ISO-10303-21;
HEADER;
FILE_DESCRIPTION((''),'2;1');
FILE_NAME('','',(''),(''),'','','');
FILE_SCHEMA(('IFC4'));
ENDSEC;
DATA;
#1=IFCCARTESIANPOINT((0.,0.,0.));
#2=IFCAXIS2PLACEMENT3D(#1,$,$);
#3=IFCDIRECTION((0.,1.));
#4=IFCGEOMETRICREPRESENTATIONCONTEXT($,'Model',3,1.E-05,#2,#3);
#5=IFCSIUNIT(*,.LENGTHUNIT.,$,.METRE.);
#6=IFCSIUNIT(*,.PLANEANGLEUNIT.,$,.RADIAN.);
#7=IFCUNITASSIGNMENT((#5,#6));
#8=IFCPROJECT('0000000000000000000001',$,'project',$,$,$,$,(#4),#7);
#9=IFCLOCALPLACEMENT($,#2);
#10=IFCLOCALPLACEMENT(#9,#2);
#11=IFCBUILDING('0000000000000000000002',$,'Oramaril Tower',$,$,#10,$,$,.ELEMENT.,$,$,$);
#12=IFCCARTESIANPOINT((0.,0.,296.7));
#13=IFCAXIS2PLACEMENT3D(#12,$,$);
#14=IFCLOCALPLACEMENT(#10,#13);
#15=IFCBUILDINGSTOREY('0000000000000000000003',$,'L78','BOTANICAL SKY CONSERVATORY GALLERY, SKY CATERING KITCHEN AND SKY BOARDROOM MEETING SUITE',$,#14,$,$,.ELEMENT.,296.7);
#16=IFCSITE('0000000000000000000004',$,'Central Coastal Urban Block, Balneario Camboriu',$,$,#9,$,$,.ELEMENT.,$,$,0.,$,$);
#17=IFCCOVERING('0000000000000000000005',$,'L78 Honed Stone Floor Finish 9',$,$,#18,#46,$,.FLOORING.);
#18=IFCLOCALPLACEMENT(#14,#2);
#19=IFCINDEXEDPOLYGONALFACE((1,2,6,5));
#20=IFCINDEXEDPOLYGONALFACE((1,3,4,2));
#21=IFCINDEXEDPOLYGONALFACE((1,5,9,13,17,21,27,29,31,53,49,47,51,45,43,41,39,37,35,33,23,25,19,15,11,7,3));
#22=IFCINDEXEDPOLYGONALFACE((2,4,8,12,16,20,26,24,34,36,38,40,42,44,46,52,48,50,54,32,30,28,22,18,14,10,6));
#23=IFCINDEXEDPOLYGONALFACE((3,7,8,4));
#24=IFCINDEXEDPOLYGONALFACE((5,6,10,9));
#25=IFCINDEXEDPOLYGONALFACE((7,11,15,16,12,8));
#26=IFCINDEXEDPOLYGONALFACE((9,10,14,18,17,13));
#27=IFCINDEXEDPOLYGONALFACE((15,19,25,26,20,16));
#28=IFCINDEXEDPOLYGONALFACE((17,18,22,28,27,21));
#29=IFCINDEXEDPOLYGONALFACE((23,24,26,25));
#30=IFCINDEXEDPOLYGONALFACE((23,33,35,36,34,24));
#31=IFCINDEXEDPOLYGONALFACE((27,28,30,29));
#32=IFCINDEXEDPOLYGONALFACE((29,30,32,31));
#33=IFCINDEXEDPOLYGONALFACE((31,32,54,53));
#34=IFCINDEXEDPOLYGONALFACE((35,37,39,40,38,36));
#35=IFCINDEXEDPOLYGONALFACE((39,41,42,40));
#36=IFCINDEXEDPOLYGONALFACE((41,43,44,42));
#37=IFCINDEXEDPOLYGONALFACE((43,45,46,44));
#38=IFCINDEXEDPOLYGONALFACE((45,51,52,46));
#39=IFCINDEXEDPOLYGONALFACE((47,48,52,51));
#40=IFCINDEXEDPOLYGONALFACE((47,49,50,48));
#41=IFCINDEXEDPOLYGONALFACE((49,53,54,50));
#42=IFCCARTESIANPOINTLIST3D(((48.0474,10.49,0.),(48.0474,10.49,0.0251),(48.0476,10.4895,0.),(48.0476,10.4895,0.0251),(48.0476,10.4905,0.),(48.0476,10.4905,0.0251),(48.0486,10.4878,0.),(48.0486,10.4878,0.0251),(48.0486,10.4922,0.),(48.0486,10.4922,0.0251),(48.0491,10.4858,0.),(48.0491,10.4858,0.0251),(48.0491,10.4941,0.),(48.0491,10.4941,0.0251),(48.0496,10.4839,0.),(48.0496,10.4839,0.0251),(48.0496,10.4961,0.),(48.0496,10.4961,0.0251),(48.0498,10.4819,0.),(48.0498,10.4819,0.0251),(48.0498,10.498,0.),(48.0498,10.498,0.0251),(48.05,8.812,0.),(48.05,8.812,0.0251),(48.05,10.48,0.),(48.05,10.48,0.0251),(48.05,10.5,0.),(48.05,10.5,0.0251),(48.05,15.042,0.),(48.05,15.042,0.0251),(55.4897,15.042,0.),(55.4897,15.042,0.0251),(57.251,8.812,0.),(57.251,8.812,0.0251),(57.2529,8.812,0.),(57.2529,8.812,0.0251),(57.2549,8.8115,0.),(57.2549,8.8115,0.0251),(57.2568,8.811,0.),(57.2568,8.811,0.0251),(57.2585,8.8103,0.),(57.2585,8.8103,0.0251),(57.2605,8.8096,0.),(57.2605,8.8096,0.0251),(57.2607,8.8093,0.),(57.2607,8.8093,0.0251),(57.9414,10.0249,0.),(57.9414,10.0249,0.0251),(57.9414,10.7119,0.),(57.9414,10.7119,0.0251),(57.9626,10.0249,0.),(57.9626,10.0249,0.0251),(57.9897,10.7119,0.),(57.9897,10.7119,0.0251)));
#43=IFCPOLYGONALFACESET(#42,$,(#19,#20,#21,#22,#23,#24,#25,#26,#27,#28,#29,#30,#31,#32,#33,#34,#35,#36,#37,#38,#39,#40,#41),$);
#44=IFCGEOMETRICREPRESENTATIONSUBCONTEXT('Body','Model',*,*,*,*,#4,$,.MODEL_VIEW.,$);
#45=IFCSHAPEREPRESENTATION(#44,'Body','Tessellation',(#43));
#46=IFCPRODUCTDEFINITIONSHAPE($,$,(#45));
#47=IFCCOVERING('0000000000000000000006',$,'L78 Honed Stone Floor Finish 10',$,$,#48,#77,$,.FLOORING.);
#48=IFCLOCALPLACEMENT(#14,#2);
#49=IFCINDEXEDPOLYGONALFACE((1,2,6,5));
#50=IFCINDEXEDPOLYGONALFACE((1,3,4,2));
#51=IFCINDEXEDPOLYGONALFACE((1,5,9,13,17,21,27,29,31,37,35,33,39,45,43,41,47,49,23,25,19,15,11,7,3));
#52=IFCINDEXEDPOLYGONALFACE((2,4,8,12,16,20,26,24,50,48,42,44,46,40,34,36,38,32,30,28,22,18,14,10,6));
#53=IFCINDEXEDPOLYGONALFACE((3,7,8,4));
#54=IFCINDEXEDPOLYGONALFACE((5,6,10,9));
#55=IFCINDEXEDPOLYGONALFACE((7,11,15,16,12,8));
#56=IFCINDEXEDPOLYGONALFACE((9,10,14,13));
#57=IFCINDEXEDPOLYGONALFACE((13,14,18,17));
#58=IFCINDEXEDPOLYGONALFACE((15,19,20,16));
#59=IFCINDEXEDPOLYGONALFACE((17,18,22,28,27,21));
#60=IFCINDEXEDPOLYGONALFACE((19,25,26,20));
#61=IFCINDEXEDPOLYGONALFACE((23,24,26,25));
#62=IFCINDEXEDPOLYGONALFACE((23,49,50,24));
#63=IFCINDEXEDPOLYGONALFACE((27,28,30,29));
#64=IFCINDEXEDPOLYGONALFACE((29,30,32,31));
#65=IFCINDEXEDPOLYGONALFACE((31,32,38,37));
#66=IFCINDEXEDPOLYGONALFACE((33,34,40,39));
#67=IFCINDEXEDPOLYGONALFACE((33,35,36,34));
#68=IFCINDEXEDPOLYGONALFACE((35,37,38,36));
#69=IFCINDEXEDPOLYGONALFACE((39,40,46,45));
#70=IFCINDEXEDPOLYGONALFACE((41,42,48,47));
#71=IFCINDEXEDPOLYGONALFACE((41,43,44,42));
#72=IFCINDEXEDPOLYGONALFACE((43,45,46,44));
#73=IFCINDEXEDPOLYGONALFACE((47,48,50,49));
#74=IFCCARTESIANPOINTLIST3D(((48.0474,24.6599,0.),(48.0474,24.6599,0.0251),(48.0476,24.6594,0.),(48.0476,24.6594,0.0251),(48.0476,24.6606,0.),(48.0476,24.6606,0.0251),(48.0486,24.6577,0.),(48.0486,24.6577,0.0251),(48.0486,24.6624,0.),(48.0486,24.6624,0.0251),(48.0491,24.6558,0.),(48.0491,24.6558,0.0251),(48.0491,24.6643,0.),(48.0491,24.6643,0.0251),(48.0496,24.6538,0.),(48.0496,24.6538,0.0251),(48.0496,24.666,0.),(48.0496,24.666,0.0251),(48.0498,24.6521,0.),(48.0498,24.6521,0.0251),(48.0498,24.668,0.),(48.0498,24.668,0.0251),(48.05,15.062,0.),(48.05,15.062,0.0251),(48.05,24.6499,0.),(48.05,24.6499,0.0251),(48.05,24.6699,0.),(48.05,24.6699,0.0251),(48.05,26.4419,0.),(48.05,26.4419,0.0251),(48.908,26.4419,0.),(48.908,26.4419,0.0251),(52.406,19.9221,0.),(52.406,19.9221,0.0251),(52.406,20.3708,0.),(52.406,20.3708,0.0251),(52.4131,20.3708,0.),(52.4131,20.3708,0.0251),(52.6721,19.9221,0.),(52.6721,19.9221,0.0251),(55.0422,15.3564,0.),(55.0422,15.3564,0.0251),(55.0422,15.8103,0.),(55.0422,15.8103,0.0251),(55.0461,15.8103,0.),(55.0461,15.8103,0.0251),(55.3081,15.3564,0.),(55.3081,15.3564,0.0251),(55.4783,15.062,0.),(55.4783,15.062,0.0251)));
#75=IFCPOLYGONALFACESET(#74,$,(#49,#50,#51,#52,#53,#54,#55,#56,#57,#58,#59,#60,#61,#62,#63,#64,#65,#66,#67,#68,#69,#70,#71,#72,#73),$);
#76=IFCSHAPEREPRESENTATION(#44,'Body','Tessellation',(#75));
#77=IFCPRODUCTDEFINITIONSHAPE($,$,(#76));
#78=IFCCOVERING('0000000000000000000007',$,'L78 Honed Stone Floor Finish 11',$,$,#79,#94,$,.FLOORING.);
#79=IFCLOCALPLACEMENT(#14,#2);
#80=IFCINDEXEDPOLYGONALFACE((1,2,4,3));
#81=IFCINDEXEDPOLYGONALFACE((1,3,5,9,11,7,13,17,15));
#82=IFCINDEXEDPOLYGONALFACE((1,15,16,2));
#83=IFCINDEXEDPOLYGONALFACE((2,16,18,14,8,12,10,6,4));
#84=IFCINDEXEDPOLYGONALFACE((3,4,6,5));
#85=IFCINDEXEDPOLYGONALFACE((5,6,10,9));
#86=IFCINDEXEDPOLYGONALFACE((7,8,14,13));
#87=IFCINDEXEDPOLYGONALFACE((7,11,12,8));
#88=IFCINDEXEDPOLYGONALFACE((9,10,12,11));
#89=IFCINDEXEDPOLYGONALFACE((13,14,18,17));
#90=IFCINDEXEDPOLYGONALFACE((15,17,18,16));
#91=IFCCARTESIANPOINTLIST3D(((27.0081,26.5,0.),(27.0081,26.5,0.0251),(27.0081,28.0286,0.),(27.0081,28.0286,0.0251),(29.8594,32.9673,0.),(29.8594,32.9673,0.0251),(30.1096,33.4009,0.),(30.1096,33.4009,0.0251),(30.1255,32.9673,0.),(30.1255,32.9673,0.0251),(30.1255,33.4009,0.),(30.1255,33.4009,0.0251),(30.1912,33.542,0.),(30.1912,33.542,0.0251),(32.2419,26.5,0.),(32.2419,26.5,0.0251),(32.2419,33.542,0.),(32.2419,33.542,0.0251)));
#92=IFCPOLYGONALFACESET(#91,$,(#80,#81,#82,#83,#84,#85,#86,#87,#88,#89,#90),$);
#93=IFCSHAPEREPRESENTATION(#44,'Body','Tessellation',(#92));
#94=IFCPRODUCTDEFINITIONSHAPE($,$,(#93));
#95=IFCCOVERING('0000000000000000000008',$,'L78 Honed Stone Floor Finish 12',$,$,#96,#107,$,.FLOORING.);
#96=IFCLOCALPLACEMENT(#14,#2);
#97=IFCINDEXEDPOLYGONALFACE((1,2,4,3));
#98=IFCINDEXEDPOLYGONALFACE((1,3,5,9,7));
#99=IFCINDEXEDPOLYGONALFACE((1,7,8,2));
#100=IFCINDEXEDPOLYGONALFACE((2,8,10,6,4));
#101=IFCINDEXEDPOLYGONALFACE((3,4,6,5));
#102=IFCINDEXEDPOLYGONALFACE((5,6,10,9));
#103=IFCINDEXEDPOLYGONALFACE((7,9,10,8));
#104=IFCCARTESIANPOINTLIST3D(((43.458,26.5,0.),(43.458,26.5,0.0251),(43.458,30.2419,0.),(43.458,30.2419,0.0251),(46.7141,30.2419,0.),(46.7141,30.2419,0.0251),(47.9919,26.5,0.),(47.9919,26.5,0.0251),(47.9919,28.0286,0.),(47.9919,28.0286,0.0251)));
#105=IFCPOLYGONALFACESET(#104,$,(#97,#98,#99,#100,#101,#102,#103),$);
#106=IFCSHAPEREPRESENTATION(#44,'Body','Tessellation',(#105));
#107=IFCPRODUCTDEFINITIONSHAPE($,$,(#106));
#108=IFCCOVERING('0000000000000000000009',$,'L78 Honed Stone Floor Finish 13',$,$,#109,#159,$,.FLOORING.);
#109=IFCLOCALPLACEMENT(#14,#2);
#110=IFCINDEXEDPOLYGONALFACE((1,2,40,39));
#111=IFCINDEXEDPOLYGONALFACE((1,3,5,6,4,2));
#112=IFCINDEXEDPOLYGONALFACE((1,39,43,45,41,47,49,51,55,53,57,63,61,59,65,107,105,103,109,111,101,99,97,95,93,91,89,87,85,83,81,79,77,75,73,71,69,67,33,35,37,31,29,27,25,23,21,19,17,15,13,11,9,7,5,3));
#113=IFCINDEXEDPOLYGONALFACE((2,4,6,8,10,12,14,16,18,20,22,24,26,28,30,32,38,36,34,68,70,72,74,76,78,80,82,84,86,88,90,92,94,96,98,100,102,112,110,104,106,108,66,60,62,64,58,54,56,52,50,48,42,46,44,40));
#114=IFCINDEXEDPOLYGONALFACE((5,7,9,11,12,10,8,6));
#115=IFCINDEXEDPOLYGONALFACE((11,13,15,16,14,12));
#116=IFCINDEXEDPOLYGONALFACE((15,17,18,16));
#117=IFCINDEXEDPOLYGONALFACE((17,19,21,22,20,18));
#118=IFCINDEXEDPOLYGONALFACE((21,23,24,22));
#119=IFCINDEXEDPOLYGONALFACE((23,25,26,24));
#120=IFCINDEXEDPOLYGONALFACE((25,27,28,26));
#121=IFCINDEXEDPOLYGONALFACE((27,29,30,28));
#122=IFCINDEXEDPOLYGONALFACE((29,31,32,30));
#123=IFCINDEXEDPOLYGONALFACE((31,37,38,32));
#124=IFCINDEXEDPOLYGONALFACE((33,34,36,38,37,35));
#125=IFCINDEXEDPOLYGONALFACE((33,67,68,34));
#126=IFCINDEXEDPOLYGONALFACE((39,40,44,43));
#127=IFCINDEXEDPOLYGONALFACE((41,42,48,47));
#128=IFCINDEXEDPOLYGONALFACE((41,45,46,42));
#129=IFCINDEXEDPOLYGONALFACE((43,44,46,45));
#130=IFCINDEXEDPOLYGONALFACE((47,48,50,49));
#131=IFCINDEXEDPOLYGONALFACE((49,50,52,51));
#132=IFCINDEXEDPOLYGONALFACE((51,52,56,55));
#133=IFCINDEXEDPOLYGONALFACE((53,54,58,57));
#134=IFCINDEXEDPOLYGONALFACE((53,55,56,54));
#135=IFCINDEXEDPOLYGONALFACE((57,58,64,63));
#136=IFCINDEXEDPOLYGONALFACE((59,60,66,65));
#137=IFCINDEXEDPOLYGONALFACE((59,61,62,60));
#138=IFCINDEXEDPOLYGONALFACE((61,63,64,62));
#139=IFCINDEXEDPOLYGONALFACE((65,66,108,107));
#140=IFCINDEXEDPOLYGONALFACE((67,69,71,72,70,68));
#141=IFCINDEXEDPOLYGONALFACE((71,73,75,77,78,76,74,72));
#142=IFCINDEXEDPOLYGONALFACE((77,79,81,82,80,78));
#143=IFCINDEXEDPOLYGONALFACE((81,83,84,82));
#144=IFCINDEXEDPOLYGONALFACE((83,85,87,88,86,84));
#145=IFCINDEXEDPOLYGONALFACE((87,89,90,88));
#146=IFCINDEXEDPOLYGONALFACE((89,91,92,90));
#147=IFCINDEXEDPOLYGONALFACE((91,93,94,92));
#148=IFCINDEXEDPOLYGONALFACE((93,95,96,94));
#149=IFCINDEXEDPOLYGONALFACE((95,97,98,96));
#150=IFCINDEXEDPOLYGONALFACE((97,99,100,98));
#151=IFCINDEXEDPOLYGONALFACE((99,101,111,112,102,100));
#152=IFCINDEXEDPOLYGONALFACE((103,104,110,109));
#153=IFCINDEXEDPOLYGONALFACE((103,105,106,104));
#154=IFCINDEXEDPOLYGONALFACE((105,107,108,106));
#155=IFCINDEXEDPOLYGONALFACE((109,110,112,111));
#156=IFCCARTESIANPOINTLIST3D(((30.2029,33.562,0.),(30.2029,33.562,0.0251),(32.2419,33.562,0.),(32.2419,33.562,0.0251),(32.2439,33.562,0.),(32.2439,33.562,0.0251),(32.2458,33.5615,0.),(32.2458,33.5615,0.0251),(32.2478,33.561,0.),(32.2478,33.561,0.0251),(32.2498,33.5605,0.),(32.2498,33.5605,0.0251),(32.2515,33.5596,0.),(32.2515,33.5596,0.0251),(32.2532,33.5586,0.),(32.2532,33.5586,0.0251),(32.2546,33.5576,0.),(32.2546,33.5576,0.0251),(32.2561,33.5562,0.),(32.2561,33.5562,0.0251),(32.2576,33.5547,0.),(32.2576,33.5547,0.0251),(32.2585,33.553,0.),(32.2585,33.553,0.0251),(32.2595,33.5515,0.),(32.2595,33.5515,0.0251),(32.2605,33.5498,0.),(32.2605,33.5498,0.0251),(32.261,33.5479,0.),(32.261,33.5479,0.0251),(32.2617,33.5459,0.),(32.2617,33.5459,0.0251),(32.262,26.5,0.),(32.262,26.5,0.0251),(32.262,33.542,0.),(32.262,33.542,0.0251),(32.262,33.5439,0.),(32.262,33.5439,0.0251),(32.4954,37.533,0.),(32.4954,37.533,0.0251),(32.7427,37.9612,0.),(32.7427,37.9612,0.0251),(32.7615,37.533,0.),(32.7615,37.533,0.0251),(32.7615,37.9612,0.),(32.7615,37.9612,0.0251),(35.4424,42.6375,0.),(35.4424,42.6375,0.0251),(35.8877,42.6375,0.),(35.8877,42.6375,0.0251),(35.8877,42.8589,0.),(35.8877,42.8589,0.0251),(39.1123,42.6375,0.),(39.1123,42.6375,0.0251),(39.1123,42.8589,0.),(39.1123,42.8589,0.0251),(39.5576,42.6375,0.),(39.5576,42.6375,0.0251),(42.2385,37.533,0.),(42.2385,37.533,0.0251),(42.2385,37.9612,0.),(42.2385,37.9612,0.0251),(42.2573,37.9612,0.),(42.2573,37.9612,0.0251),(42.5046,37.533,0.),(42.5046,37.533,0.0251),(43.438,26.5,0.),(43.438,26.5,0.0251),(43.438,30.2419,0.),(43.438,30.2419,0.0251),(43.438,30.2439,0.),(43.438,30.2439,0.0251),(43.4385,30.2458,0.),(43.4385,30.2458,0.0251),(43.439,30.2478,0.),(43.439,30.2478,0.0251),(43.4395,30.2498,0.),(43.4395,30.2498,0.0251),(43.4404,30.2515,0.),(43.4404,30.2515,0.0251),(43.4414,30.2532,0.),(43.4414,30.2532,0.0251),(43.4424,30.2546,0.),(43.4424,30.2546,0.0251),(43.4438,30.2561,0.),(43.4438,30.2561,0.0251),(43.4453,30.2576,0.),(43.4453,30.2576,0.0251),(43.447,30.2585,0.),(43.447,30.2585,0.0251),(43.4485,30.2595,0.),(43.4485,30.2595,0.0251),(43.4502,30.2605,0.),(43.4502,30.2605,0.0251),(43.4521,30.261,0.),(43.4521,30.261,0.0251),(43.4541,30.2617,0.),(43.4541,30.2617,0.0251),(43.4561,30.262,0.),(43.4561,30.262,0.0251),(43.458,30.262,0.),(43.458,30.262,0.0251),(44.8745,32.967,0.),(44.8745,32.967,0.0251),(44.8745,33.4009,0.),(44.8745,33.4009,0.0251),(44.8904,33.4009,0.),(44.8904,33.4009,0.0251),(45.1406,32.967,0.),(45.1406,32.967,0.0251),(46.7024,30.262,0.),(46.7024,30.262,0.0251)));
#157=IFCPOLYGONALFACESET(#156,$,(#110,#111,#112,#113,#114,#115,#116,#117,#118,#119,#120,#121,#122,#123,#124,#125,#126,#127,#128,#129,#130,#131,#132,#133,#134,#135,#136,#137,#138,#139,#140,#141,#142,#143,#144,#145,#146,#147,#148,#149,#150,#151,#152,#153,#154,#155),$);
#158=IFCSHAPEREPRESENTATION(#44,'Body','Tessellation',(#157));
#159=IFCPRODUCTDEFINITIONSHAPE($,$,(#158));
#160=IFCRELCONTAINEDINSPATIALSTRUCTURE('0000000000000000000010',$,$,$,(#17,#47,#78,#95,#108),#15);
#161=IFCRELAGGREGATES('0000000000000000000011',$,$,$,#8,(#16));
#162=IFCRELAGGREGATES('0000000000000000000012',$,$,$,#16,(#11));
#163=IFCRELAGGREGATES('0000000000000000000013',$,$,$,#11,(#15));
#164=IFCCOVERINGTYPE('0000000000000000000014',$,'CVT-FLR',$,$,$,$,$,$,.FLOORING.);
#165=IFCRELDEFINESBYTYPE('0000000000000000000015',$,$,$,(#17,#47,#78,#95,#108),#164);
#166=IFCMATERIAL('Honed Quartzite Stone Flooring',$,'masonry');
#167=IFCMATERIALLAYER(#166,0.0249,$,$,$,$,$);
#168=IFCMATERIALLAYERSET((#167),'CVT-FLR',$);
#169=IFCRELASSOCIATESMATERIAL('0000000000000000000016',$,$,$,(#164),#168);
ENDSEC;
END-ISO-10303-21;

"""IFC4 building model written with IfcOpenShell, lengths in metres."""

from ifc_helpers import new_model, si_unit, direction, frame, origin, place, context, subcontext, project, spatial, polyline, outline, extrude, material, layer, layer_set, type_object, element, save


model = new_model("IFC4")

# Units and contexts
model_context = context("Model", 3, precision=1e-05, world=origin(), true_north=direction((0.0, 1.0)))
body_context = subcontext(model_context, "Body", "Model", "MODEL_VIEW")
ifc_project = project(units=[si_unit("LENGTHUNIT", "METRE"), si_unit("PLANEANGLEUNIT", "RADIAN")], contexts=[model_context])

# Site, building, storey
site_placement = place(None, origin())
site = spatial("IfcSite", under=ifc_project, at=site_placement, Name="Central Coastal Urban Block, Balneario Camboriu", CompositionType="ELEMENT", RefElevation=0.0)
building_placement = place(site_placement, origin())
building = spatial("IfcBuilding", under=site, at=building_placement, Name="Oramaril Tower", CompositionType="ELEMENT")
storey_placement = place(building_placement, frame((0.0, 0.0, 296.7)))
storey = spatial("IfcBuildingStorey", under=building, at=storey_placement, Name="L78", Description="BOTANICAL SKY CONSERVATORY GALLERY, SKY CATERING KITCHEN AND SKY BOARDROOM MEETING SUITE", CompositionType="ELEMENT", Elevation=296.7)

# Coverings
ifc_material_1 = material(Name="Honed Quartzite Stone Flooring", Category="masonry")
ifc_layer_1 = layer(ifc_material_1, 0.0249)
ifc_layer_set_1 = layer_set([ifc_layer_1], Name="CVT-FLR")
covering_type_1 = type_object("IfcCoveringType", Name="CVT-FLR", PredefinedType="FLOORING", material=ifc_layer_set_1)
covering_1_placement = place(storey_placement, origin())
element("IfcCovering", 1, at=covering_1_placement, inside=storey, type_object=covering_type_1, Name="L78 Honed Stone Floor Finish 9", PredefinedType="FLOORING", context=body_context, shape_type="SweptSolid", body=[
    extrude(outline(polyline([(55.4897, 15.042), (57.9897, 10.7119), (57.9414, 10.7119), (57.9414, 10.0249), (57.9626, 10.0249), (57.2607, 8.8093), (57.2605, 8.8096), (57.2585, 8.8103), (57.2568, 8.811), (57.2549, 8.8115), (57.2529, 8.812), (57.251, 8.812), (48.05, 8.812), (48.05, 10.48), (48.0498, 10.4819), (48.0496, 10.4839), (48.0491, 10.4858), (48.0486, 10.4878), (48.0476, 10.4895), (48.0474, 10.49), (48.0476, 10.4905), (48.0486, 10.4922), (48.0491, 10.4941), (48.0496, 10.4961), (48.0498, 10.498), (48.05, 10.5), (48.05, 15.042), (55.4897, 15.042)])), origin(), (0.0, 0.0, 1.0), 0.0251),
])
covering_2_placement = place(storey_placement, origin())
element("IfcCovering", 2, at=covering_2_placement, inside=storey, type_object=covering_type_1, Name="L78 Honed Stone Floor Finish 10", PredefinedType="FLOORING", context=body_context, shape_type="SweptSolid", body=[
    extrude(outline(polyline([(52.4131, 20.3708), (52.406, 20.3708), (52.406, 19.9221), (52.6721, 19.9221), (55.0461, 15.8103), (55.0422, 15.8103), (55.0422, 15.3564), (55.3081, 15.3564), (55.4783, 15.062), (48.05, 15.062), (48.05, 24.6499), (48.0498, 24.6521), (48.0496, 24.6538), (48.0491, 24.6558), (48.0486, 24.6577), (48.0476, 24.6594), (48.0474, 24.6599), (48.0476, 24.6606), (48.0486, 24.6624), (48.0491, 24.6643), (48.0496, 24.666), (48.0498, 24.668), (48.05, 24.6699), (48.05, 26.4419), (48.908, 26.4419), (52.4131, 20.3708)])), origin(), (0.0, 0.0, 1.0), 0.0251),
])
covering_3_placement = place(storey_placement, origin())
element("IfcCovering", 3, at=covering_3_placement, inside=storey, type_object=covering_type_1, Name="L78 Honed Stone Floor Finish 11", PredefinedType="FLOORING", context=body_context, shape_type="SweptSolid", body=[
    extrude(outline(polyline([(32.2419, 26.5), (27.0081, 26.5), (27.0081, 28.0286), (29.8594, 32.9673), (30.1255, 32.9673), (30.1255, 33.4009), (30.1096, 33.4009), (30.1912, 33.542), (32.2419, 33.542), (32.2419, 26.5)])), origin(), (0.0, 0.0, 1.0), 0.0251),
])
covering_4_placement = place(storey_placement, origin())
element("IfcCovering", 4, at=covering_4_placement, inside=storey, type_object=covering_type_1, Name="L78 Honed Stone Floor Finish 12", PredefinedType="FLOORING", context=body_context, shape_type="SweptSolid", body=[
    extrude(outline(polyline([(43.458, 30.2419), (46.7141, 30.2419), (47.9919, 28.0286), (47.9919, 26.5), (43.458, 26.5), (43.458, 30.2419)])), origin(), (0.0, 0.0, 1.0), 0.0251),
])
covering_5_placement = place(storey_placement, origin())
element("IfcCovering", 5, at=covering_5_placement, inside=storey, type_object=covering_type_1, Name="L78 Honed Stone Floor Finish 13", PredefinedType="FLOORING", context=body_context, shape_type="SweptSolid", body=[
    extrude(outline(polyline([(32.4954, 37.533), (32.7615, 37.533), (32.7615, 37.9612), (32.7427, 37.9612), (35.4424, 42.6375), (35.8877, 42.6375), (35.8877, 42.8589), (39.1123, 42.8589), (39.1123, 42.6375), (39.5576, 42.6375), (42.2573, 37.9612), (42.2385, 37.9612), (42.2385, 37.533), (42.5046, 37.533), (44.8904, 33.4009), (44.8745, 33.4009), (44.8745, 32.967), (45.1406, 32.967), (46.7024, 30.262), (43.458, 30.262), (43.4561, 30.262), (43.4541, 30.2617), (43.4521, 30.261), (43.4502, 30.2605), (43.4485, 30.2595), (43.447, 30.2585), (43.4453, 30.2576), (43.4438, 30.2561), (43.4424, 30.2546), (43.4414, 30.2532), (43.4404, 30.2515), (43.4395, 30.2498), (43.439, 30.2478), (43.4385, 30.2458), (43.438, 30.2439), (43.438, 30.2419), (43.438, 26.5), (32.262, 26.5), (32.262, 33.542), (32.262, 33.5439), (32.2617, 33.5459), (32.261, 33.5479), (32.2605, 33.5498), (32.2595, 33.5515), (32.2585, 33.553), (32.2576, 33.5547), (32.2561, 33.5562), (32.2546, 33.5576), (32.2532, 33.5586), (32.2515, 33.5596), (32.2498, 33.5605), (32.2478, 33.561), (32.2458, 33.5615), (32.2439, 33.562), (32.2419, 33.562), (30.2029, 33.562), (32.4954, 37.533)])), origin(), (0.0, 0.0, 1.0), 0.0251),
])

save(model, "model.ifc")
